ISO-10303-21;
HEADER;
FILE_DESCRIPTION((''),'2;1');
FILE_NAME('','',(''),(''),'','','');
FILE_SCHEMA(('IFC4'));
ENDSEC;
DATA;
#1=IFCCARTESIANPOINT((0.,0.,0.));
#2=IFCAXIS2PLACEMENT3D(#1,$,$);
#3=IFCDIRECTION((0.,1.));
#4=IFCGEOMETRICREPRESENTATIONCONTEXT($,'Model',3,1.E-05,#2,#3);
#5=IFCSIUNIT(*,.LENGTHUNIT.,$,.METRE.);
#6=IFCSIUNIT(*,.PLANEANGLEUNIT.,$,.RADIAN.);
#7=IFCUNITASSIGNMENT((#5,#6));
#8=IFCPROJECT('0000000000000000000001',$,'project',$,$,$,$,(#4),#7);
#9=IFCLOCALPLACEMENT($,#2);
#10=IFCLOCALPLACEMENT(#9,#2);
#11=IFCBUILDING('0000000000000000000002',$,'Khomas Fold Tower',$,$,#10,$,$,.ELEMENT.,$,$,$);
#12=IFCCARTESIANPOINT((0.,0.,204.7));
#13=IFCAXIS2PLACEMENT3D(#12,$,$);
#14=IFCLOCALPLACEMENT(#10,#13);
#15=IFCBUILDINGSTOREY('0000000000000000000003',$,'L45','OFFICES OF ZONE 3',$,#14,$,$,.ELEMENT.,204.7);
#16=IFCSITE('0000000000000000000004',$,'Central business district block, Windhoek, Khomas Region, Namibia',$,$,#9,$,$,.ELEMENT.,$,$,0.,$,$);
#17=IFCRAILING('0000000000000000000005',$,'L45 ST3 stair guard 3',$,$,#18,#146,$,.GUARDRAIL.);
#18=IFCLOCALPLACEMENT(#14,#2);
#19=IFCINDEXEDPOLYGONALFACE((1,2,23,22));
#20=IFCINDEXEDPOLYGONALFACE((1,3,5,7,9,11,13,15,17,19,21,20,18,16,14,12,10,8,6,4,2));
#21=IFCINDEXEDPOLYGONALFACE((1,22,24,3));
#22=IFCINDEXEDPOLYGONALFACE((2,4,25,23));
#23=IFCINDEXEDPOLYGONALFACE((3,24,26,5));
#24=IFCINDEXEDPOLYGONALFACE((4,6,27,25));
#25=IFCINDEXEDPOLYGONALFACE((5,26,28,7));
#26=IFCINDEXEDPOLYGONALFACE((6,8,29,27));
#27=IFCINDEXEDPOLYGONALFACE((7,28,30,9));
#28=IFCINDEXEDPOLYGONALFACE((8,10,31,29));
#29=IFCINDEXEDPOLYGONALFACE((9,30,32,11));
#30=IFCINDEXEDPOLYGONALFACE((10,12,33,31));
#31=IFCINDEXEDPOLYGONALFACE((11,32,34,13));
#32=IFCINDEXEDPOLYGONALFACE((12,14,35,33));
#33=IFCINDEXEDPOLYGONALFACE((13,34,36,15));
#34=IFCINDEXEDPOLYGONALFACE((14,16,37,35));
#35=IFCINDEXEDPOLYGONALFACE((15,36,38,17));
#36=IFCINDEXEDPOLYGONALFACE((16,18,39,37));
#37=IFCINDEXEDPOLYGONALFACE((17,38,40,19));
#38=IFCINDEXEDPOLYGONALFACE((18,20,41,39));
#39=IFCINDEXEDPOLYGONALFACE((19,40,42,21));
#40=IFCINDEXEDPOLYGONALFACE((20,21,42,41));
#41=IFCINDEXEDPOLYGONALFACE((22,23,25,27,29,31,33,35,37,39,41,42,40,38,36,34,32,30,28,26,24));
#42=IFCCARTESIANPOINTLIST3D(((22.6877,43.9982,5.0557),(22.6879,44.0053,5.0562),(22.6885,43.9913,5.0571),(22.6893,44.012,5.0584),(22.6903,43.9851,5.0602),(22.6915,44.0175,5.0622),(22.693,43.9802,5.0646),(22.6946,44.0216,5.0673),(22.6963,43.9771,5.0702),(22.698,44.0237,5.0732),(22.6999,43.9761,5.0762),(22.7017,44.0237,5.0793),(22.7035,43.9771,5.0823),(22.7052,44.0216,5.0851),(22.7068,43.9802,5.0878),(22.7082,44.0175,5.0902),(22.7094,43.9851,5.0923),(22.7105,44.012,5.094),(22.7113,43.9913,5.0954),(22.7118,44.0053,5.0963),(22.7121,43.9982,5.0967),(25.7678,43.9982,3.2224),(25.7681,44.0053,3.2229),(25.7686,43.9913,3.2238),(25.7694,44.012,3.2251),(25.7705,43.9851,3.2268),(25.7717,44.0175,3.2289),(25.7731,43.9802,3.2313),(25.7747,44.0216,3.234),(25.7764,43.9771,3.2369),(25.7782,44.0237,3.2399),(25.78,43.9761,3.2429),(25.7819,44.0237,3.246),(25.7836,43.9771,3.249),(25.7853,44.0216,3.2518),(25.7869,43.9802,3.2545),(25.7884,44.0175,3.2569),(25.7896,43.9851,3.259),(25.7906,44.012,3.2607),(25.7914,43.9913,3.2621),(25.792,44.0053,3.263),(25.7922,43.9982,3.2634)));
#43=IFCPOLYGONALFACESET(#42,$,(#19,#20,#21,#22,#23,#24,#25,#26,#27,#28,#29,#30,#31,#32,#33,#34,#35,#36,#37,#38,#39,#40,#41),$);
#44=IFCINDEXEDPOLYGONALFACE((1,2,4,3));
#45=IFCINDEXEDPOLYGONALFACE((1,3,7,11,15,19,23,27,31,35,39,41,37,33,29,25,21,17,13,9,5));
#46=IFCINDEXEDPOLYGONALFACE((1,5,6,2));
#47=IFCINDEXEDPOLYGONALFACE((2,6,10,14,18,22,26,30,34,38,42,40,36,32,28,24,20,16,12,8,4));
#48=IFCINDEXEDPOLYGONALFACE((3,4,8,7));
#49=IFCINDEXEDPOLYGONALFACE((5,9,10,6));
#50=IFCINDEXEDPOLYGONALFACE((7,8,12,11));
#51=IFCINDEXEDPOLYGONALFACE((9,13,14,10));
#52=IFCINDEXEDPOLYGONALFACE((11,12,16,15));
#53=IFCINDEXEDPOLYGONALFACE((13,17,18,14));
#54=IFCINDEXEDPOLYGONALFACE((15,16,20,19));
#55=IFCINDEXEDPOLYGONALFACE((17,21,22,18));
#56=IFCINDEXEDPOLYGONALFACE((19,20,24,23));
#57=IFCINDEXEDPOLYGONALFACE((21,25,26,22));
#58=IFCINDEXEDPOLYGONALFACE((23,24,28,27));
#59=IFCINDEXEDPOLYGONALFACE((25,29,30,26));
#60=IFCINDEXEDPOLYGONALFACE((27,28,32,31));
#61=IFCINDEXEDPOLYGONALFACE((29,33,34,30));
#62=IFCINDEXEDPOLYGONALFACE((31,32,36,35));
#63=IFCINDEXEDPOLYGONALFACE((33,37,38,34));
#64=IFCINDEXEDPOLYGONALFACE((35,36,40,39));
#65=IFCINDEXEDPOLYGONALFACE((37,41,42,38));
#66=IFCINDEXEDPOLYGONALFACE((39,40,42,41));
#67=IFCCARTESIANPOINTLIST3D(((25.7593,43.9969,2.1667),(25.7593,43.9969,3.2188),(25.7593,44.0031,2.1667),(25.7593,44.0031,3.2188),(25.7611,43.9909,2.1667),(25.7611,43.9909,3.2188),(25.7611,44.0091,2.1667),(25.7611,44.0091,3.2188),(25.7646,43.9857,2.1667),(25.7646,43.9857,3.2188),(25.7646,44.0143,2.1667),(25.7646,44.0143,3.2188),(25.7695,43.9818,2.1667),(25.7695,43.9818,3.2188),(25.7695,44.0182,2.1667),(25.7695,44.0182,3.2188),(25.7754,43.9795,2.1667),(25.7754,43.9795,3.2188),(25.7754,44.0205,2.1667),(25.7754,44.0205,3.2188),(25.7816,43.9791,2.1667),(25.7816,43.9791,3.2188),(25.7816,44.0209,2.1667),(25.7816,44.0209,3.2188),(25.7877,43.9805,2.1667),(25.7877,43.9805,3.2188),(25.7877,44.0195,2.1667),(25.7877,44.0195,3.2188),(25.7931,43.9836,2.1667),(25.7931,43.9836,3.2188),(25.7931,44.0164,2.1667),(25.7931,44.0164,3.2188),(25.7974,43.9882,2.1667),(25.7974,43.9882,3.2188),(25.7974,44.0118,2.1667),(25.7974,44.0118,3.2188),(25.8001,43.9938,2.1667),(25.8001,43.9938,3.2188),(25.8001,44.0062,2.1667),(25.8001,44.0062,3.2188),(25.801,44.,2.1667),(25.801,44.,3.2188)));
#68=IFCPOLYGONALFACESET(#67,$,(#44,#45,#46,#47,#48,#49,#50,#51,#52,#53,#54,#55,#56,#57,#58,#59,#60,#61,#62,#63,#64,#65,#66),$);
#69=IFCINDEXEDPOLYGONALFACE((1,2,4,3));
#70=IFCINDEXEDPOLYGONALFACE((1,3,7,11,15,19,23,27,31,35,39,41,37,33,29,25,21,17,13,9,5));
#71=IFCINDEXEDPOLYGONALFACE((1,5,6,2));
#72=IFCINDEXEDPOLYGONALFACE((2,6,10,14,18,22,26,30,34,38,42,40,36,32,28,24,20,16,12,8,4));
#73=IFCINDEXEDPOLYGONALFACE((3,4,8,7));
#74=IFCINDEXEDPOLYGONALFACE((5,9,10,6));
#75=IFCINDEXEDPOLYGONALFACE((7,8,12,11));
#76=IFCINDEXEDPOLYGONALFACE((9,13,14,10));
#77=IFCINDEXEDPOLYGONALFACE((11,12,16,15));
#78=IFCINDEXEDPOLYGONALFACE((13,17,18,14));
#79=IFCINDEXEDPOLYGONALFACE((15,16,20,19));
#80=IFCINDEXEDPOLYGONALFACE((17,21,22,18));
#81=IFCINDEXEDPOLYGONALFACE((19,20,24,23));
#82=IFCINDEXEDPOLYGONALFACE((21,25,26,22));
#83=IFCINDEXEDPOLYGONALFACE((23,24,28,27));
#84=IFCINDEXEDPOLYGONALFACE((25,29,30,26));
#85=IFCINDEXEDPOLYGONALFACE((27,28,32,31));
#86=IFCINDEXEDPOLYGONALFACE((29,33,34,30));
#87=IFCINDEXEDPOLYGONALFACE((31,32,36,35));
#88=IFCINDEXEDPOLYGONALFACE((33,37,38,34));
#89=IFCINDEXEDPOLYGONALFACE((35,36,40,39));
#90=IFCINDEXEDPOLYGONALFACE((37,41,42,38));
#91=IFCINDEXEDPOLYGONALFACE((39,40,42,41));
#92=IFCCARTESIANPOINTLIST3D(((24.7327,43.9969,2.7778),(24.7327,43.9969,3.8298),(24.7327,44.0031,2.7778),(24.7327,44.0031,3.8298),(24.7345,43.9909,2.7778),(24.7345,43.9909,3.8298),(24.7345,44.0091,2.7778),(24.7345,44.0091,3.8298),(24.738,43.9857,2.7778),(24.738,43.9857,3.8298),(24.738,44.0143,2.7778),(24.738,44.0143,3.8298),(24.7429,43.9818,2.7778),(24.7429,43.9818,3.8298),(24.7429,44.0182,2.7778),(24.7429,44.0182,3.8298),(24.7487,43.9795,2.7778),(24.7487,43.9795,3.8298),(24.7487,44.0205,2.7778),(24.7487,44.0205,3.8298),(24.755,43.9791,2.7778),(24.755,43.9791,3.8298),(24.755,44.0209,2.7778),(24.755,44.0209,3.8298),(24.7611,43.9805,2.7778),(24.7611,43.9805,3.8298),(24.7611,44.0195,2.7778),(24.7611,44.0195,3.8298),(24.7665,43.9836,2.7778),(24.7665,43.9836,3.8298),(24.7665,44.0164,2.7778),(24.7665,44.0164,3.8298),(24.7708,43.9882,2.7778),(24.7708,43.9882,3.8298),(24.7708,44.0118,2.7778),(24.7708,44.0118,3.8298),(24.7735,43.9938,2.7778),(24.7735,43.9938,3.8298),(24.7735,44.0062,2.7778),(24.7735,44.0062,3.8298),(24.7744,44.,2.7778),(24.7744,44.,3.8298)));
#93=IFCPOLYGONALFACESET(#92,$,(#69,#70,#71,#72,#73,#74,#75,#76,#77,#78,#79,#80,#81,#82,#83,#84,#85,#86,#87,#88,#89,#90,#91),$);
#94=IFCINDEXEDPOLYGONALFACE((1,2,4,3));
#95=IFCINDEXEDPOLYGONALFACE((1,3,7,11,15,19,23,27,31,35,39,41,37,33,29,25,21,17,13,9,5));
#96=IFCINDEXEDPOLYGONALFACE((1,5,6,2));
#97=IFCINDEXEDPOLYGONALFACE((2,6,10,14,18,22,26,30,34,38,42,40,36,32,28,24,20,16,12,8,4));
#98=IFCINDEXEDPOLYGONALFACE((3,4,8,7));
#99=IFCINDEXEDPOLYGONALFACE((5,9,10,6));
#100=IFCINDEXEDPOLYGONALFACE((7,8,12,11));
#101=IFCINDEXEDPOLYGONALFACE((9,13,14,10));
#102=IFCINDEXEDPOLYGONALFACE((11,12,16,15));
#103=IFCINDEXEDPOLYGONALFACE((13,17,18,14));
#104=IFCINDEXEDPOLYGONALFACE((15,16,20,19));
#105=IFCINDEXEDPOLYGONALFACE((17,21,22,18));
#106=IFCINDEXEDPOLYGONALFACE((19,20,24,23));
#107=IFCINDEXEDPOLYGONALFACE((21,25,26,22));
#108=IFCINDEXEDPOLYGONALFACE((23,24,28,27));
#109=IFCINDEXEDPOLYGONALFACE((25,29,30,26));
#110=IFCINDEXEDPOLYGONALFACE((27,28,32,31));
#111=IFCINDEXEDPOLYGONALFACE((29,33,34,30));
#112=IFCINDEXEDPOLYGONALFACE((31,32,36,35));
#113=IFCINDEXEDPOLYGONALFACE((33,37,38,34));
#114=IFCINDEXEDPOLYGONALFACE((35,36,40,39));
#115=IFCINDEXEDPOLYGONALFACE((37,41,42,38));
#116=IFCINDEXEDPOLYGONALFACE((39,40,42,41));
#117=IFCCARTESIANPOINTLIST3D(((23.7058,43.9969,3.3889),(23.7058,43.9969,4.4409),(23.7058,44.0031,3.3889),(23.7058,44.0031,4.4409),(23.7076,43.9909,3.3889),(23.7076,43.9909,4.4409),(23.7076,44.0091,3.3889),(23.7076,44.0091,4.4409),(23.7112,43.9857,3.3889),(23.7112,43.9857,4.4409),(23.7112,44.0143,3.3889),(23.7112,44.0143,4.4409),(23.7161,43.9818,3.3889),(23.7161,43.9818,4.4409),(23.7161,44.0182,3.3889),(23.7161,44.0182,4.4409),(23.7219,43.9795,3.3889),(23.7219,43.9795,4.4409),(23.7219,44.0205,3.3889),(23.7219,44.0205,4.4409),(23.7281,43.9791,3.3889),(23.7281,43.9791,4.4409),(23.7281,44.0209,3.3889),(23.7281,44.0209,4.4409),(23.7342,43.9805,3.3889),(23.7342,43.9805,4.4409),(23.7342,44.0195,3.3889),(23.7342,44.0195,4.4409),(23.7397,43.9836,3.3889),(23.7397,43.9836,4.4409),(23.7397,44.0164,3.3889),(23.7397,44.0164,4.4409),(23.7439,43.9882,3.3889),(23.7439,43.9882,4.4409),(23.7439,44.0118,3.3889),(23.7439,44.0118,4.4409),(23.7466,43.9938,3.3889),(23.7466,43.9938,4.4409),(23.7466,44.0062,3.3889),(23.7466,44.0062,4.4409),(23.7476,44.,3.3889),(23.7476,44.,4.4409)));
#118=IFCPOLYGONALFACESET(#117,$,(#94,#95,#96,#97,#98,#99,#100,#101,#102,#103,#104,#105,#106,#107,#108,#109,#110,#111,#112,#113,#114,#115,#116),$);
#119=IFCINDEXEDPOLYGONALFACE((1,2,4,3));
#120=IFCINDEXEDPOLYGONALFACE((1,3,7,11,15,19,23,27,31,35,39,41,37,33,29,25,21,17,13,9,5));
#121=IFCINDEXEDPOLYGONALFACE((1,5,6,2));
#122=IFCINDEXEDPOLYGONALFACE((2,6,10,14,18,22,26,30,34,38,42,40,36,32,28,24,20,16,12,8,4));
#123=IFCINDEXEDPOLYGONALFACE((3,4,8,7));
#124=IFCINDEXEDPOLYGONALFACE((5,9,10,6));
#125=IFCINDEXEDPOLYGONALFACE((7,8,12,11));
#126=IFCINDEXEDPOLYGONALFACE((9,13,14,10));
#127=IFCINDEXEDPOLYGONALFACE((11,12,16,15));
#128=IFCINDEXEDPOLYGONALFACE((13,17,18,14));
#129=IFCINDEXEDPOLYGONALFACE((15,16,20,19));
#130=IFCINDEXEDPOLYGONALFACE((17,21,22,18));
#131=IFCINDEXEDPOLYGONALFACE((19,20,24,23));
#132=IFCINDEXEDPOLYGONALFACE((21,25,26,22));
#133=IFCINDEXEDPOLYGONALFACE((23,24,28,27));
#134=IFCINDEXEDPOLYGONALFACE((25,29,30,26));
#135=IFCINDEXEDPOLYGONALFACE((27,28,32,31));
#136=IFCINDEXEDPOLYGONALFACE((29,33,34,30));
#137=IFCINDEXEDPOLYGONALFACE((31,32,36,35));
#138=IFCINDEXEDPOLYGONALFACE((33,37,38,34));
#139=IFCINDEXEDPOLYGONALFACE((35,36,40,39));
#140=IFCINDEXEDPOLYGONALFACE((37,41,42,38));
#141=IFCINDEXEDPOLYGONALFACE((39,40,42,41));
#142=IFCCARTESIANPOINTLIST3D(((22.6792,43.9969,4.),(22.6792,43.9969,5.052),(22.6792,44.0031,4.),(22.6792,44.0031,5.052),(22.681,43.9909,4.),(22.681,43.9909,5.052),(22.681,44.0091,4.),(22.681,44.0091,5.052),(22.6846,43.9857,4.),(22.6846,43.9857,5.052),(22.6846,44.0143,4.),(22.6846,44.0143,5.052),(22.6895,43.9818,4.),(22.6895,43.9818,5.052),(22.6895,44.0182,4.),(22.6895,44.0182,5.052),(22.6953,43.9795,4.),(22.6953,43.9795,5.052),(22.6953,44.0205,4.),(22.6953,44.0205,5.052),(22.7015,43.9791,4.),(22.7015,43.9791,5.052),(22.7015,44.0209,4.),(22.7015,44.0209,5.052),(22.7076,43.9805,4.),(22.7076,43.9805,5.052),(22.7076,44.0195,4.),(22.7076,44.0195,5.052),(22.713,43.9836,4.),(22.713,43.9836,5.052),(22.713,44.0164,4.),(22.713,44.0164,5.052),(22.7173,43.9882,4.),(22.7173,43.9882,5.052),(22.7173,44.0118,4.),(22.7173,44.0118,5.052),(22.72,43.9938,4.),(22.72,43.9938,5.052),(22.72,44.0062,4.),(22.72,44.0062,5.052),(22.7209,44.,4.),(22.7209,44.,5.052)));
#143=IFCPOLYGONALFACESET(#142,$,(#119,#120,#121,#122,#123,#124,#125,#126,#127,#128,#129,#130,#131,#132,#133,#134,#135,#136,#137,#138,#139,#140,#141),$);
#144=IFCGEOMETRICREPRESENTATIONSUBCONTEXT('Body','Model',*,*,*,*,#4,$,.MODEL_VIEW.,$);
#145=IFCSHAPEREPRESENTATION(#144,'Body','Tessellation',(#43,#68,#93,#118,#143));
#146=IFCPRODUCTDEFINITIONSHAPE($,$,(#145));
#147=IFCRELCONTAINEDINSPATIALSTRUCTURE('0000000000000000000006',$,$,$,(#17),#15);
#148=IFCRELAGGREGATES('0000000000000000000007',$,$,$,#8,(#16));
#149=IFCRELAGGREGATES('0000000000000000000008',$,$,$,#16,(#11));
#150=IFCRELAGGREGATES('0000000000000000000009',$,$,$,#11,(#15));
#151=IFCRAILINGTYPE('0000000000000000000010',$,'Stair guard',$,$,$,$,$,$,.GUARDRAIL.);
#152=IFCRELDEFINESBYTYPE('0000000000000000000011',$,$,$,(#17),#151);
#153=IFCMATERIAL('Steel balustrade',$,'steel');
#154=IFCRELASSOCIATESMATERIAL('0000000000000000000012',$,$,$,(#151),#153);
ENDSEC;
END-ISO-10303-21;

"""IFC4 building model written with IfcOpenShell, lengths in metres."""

from ifc_helpers import new_model, si_unit, direction, frame, origin, origin_2d, place, context, subcontext, project, spatial, circle, extrude, source, transform, mapped, material, type_object, element, save


model = new_model("IFC4")

# Units and contexts
model_context = context("Model", 3, precision=1e-05, world=origin(), true_north=direction((0.0, 1.0)))
body_context = subcontext(model_context, "Body", "Model", "MODEL_VIEW")
ifc_project = project(units=[si_unit("LENGTHUNIT", "METRE"), si_unit("PLANEANGLEUNIT", "RADIAN")], contexts=[model_context])

# Site, building, storey
site_placement = place(None, origin())
site = spatial("IfcSite", under=ifc_project, at=site_placement, Name="Central business district block, Windhoek, Khomas Region, Namibia", CompositionType="ELEMENT", RefElevation=0.0)
building_placement = place(site_placement, origin())
building = spatial("IfcBuilding", under=site, at=building_placement, Name="Khomas Fold Tower", CompositionType="ELEMENT")
storey_placement = place(building_placement, frame((0.0, 0.0, 204.7)))
storey = spatial("IfcBuildingStorey", under=building, at=storey_placement, Name="L45", Description="OFFICES OF ZONE 3", CompositionType="ELEMENT", Elevation=204.7)

# Railing
ifc_material_1 = material(Name="Steel balustrade", Category="steel")
railing_type_1 = type_object("IfcRailingType", Name="Stair guard", PredefinedType="GUARDRAIL", material=ifc_material_1)
shared_shape_1 = source(origin(), body_context, "Body", "SweptSolid", [
    extrude(circle(Radius=0.0239, at=origin_2d()), frame((0.0, 0.0, 1.0762), z_axis=(-0.859309, 0.0, 0.511458), x_axis=(0.0, -1.0, 0.0)), (0.0, 0.0, 1.0), 3.5845),
    extrude(circle(Radius=0.021, at=origin_2d()), origin(), (0.0, 0.0, 1.0), 1.052),
    extrude(circle(Radius=0.021, at=origin_2d()), frame((-1.0266, 0.0, 0.6111)), (0.0, 0.0, 1.0), 1.052),
    extrude(circle(Radius=0.021, at=origin_2d()), frame((-2.0535, 0.0, 1.2222)), (0.0, 0.0, 1.0), 1.052),
    extrude(circle(Radius=0.021, at=origin_2d()), frame((-3.0801, 0.0, 1.8333)), (0.0, 0.0, 1.0), 1.052),
])
railing_1_placement = place(storey_placement, frame((25.78, 44.0, 2.1667)))
element("IfcRailing", 1, at=railing_1_placement, inside=storey, type_object=railing_type_1, Name="L45 ST3 stair guard 3", PredefinedType="GUARDRAIL", context=body_context, shape_type="MappedRepresentation", body=[
    mapped(shared_shape_1, transform((0.0, 0.0, 0.0))),
])

save(model, "model.ifc")
